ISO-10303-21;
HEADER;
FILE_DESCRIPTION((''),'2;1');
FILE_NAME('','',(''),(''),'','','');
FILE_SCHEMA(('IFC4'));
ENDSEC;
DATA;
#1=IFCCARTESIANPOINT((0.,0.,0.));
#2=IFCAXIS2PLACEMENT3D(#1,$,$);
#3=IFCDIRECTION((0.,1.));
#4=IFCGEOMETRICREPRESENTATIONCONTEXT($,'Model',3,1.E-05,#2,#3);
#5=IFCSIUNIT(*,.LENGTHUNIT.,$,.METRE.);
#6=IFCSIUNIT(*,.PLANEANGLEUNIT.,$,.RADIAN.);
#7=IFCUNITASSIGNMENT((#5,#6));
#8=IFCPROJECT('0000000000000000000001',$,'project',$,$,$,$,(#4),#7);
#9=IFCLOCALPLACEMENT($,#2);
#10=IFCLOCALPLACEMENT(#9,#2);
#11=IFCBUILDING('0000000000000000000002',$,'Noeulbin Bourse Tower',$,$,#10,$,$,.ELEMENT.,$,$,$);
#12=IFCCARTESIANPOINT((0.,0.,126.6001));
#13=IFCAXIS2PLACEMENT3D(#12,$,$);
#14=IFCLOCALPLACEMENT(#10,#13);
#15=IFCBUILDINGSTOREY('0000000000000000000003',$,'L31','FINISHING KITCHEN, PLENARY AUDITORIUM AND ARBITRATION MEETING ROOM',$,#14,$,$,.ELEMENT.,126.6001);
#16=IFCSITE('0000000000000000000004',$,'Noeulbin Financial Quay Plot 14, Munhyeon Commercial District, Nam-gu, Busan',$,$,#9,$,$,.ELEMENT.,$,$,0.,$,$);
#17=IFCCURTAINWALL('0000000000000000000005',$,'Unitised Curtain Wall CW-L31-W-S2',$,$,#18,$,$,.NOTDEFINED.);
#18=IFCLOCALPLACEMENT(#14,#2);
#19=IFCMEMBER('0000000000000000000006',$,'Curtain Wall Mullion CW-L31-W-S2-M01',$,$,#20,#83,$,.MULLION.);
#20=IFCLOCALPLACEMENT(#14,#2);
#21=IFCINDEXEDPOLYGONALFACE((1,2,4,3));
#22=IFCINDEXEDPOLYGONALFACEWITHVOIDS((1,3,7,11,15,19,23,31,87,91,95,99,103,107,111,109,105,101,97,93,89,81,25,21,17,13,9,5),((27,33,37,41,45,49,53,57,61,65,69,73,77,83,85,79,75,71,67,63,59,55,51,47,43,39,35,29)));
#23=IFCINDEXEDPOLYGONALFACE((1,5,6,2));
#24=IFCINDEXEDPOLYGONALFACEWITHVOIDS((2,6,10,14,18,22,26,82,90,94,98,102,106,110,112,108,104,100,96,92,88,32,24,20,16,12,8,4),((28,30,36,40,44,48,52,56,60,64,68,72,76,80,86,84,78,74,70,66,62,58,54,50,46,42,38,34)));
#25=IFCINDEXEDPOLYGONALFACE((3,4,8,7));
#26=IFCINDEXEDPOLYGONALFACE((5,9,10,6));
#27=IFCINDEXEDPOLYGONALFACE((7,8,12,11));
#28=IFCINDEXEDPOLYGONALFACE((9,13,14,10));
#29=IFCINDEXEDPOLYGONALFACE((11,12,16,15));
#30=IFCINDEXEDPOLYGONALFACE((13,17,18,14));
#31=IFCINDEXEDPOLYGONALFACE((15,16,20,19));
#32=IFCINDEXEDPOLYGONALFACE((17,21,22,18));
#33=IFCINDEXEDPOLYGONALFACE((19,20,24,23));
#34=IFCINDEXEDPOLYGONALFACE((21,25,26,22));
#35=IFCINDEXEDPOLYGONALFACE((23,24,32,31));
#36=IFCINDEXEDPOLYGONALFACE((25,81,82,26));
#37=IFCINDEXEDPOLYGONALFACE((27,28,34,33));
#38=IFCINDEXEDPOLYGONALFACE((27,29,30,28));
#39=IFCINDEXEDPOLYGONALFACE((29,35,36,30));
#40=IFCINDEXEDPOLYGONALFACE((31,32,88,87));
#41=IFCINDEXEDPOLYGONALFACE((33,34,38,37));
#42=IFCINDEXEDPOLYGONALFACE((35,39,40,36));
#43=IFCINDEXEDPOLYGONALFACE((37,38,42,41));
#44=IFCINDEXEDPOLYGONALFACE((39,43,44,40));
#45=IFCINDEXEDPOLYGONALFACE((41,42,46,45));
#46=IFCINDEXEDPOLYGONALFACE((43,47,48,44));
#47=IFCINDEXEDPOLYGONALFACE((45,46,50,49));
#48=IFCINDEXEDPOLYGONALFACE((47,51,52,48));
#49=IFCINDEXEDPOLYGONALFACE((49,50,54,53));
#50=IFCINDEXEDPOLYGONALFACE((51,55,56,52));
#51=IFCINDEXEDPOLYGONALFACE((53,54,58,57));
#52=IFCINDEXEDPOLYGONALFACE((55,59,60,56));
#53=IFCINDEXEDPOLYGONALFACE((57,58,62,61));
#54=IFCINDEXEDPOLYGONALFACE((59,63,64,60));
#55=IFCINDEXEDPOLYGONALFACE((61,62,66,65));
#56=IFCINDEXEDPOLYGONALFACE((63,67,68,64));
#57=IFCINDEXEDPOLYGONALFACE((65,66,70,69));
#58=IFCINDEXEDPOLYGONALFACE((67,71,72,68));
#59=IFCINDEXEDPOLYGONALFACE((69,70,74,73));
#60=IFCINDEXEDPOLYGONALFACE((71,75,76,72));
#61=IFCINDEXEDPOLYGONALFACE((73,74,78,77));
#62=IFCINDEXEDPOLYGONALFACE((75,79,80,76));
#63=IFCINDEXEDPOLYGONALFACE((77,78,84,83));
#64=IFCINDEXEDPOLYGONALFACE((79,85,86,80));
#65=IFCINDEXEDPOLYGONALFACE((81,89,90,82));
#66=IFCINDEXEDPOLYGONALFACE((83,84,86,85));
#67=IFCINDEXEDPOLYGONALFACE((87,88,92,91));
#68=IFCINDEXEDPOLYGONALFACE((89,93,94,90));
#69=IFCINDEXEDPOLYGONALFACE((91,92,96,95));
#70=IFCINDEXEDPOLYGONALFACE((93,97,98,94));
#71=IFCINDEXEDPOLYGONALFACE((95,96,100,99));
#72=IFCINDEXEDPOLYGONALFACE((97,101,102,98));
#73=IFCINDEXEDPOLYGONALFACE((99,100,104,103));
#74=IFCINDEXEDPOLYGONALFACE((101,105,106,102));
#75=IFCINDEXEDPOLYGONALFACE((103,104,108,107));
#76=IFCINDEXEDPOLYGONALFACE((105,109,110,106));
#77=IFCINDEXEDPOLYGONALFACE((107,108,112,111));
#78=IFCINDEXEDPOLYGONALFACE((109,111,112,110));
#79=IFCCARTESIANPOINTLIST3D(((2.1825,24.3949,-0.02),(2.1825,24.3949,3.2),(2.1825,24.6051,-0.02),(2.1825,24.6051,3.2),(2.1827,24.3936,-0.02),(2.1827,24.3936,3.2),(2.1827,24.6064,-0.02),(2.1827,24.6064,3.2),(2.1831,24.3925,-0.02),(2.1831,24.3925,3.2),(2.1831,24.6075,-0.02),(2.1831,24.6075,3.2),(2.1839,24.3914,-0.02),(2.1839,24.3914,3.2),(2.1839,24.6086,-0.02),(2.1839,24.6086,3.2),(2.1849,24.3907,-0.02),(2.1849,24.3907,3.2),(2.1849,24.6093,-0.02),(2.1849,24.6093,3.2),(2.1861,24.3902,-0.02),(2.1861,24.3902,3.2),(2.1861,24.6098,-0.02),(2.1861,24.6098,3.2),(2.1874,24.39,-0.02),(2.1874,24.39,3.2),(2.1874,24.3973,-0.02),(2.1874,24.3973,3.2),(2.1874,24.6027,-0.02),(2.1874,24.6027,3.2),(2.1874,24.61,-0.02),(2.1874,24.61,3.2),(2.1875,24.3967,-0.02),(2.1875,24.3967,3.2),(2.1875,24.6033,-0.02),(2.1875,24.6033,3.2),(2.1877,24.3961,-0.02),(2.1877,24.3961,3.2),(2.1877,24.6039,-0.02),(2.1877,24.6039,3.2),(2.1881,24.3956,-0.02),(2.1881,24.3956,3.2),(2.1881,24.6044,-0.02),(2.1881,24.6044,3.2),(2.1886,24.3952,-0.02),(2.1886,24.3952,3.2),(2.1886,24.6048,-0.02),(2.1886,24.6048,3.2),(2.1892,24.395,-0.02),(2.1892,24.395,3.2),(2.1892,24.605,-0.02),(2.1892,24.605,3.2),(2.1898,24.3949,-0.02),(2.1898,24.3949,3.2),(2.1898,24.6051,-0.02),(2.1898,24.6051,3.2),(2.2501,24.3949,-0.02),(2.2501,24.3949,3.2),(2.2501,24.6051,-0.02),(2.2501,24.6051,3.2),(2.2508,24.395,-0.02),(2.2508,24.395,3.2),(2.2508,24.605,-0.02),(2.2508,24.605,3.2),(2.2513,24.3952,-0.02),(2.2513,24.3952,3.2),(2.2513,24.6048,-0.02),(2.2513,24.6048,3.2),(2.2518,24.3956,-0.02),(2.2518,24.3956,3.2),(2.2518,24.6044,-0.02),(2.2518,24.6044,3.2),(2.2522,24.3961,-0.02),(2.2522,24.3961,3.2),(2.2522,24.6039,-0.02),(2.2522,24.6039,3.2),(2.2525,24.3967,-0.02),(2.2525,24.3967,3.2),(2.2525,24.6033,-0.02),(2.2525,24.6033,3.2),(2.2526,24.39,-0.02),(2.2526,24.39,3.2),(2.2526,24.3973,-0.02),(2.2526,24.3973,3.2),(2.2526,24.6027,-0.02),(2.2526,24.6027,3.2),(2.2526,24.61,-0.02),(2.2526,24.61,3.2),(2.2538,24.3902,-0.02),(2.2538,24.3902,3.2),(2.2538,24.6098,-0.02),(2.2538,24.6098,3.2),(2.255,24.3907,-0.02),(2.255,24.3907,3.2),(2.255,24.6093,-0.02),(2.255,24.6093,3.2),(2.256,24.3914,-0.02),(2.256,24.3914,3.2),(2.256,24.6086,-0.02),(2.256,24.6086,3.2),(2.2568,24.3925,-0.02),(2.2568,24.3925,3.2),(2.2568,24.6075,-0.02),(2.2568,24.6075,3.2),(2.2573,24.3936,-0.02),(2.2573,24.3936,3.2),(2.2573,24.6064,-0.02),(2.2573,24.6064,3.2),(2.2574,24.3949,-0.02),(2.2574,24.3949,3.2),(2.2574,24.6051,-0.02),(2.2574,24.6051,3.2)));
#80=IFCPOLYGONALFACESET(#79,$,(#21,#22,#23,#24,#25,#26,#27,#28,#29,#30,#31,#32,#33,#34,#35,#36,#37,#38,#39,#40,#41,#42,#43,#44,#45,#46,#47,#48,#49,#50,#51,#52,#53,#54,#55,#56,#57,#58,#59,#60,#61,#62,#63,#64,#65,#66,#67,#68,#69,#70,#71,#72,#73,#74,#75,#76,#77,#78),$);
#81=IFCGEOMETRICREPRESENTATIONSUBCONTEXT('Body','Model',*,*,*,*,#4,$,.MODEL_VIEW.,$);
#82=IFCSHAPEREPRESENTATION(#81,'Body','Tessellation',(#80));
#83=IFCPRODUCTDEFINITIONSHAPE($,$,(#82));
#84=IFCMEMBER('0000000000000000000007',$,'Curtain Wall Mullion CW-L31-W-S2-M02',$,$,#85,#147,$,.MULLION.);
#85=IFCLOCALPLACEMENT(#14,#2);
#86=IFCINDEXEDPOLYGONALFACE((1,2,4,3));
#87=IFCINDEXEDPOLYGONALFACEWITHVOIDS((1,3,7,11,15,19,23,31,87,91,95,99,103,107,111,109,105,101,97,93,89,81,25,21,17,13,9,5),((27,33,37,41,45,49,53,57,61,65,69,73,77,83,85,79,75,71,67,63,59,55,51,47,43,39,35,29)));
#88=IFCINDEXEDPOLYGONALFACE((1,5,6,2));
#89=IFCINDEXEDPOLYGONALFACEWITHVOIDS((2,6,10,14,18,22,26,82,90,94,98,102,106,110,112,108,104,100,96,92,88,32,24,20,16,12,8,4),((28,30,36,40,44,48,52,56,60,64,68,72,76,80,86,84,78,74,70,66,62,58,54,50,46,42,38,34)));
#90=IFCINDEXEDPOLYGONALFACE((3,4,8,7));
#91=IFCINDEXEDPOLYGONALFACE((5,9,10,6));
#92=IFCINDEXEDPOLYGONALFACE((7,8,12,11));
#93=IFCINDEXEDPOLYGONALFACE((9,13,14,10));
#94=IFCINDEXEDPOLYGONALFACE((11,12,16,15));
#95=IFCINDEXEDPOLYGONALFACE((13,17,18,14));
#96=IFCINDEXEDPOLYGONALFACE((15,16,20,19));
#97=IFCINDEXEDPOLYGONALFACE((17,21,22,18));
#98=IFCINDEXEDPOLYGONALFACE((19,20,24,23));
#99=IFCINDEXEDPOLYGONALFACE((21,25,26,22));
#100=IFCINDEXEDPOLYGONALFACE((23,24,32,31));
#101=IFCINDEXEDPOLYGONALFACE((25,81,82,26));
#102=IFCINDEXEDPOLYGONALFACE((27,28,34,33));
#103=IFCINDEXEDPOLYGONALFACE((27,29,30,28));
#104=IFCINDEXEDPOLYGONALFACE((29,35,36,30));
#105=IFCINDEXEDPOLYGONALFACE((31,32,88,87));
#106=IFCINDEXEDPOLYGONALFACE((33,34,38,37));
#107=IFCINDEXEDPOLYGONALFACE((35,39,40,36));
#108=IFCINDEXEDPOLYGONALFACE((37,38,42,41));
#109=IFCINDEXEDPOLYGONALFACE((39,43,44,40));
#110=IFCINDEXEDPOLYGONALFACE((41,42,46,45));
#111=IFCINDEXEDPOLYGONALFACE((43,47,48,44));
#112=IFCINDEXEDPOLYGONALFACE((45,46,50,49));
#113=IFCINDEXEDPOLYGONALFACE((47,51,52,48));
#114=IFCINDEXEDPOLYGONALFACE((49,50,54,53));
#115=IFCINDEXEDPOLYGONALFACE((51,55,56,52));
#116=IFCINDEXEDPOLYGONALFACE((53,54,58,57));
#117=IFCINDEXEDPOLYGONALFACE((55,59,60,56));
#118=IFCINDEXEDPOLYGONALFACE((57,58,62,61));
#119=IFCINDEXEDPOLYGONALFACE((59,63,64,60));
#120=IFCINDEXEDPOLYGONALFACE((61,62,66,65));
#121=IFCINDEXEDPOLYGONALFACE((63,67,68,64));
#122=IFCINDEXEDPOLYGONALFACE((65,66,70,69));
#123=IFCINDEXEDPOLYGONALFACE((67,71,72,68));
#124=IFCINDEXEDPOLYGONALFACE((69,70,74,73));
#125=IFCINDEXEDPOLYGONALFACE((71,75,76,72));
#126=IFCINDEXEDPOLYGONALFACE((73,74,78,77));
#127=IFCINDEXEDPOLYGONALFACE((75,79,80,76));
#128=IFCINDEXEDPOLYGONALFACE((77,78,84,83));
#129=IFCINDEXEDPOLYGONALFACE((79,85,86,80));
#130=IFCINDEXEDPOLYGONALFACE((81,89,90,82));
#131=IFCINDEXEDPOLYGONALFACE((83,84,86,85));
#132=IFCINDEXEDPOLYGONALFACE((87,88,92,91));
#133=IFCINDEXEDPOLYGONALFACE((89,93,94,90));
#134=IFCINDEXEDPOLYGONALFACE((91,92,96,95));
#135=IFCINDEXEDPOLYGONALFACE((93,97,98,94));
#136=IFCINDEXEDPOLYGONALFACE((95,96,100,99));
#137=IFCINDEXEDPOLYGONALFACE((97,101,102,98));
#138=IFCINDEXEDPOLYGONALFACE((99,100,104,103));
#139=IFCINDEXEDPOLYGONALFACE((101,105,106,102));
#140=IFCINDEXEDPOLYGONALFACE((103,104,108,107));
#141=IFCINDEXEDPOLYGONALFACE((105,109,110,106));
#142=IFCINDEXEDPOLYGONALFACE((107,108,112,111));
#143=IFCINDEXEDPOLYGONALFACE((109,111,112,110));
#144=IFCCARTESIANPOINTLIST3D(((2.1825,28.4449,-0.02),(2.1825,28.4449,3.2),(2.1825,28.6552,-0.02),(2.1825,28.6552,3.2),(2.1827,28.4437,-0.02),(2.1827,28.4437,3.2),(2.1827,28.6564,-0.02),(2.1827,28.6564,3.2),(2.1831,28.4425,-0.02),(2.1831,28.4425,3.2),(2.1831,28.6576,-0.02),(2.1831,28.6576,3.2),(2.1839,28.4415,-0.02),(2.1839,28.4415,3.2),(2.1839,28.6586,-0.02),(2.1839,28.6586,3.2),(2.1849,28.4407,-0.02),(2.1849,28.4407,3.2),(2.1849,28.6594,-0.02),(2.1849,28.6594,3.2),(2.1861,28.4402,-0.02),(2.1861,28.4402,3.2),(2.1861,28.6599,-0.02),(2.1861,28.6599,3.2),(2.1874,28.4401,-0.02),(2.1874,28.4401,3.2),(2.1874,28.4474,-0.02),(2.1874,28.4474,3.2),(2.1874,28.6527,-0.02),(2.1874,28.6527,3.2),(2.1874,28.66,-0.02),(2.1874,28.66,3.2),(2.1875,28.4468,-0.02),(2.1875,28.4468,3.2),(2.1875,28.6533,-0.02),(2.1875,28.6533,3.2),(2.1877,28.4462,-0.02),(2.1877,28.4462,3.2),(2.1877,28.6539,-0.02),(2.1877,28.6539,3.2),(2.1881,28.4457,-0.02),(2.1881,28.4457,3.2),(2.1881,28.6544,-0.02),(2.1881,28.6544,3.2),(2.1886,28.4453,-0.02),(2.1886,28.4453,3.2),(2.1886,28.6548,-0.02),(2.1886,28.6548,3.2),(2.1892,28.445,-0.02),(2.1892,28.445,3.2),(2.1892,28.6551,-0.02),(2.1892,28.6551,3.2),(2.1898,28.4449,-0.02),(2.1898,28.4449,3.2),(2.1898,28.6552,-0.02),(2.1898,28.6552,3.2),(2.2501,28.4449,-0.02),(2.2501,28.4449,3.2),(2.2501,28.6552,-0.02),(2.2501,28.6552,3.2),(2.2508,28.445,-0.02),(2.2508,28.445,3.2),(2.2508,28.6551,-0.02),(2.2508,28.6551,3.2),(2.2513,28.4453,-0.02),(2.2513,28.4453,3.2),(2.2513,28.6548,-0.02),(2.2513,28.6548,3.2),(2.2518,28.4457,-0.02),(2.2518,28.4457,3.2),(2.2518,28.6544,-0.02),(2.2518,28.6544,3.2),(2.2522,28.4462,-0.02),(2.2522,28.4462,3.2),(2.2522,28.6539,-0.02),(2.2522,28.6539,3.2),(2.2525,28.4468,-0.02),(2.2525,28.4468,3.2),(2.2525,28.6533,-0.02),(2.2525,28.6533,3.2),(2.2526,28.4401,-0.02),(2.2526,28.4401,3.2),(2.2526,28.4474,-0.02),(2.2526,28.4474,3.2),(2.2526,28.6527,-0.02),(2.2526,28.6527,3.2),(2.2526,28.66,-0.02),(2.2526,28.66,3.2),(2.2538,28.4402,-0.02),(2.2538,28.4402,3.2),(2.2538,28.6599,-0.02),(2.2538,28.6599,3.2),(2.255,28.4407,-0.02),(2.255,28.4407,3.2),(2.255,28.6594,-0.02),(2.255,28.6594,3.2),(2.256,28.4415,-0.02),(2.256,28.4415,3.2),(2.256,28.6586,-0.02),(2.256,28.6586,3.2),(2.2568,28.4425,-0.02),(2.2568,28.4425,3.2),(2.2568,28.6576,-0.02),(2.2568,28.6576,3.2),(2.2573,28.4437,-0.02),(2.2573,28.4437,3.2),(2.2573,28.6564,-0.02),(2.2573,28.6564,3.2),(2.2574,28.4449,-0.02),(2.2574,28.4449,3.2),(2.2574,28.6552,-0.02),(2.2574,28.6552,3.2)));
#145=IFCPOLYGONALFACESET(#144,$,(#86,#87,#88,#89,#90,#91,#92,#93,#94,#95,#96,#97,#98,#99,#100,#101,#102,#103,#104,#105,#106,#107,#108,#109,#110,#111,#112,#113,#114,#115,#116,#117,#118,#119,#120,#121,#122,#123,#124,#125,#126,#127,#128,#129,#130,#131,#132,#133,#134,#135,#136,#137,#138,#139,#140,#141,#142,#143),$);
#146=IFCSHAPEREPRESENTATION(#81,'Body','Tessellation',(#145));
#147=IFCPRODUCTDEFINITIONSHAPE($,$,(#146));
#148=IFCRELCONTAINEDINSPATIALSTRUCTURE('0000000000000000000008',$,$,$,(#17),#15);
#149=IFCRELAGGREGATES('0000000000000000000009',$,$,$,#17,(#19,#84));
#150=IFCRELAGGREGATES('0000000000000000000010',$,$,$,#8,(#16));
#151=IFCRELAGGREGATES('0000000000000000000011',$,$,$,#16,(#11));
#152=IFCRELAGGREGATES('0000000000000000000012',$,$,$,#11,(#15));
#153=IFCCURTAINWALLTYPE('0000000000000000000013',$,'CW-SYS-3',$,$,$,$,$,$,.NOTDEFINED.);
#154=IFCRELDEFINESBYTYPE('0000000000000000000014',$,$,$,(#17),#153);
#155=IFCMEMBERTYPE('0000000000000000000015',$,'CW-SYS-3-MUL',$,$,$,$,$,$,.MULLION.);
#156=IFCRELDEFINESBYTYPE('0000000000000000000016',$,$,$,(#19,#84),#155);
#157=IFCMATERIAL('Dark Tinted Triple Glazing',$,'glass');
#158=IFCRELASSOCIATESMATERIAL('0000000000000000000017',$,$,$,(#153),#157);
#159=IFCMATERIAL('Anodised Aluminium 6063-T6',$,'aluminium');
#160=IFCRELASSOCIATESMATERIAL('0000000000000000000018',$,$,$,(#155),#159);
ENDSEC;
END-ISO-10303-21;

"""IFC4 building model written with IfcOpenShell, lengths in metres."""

from ifc_helpers import new_model, si_unit, direction, frame, origin, origin_2d, place, context, subcontext, project, spatial, hollow_rectangle, extrude, material, material_profile, profile_set, type_object, element, aggregate, save


model = new_model("IFC4")

# Units and contexts
model_context = context("Model", 3, precision=1e-05, world=origin(), true_north=direction((0.0, 1.0)))
body_context = subcontext(model_context, "Body", "Model", "MODEL_VIEW")
ifc_project = project(units=[si_unit("LENGTHUNIT", "METRE"), si_unit("PLANEANGLEUNIT", "RADIAN")], contexts=[model_context])

# Site, building, storey
site_placement = place(None, origin())
site = spatial("IfcSite", under=ifc_project, at=site_placement, Name="Noeulbin Financial Quay Plot 14, Munhyeon Commercial District, Nam-gu, Busan", CompositionType="ELEMENT", RefElevation=0.0)
building_placement = place(site_placement, origin())
building = spatial("IfcBuilding", under=site, at=building_placement, Name="Noeulbin Bourse Tower", CompositionType="ELEMENT")
storey_placement = place(building_placement, frame((0.0, 0.0, 126.6001)))
storey = spatial("IfcBuildingStorey", under=building, at=storey_placement, Name="L31", Description="FINISHING KITCHEN, PLENARY AUDITORIUM AND ARBITRATION MEETING ROOM", CompositionType="ELEMENT", Elevation=126.6001)

# Curtain wall, members
ifc_material_1 = material(Name="Dark Tinted Triple Glazing", Category="glass")
curtain_wall_type = type_object("IfcCurtainWallType", Name="CW-SYS-3", PredefinedType="NOTDEFINED", material=ifc_material_1)
curtain_wall_placement = place(storey_placement, origin())
curtain_wall = element("IfcCurtainWall", 1, at=curtain_wall_placement, inside=storey, type_object=curtain_wall_type, Name="Unitised Curtain Wall CW-L31-W-S2", PredefinedType="NOTDEFINED")
ifc_material_2 = material(Name="Anodised Aluminium 6063-T6", Category="aluminium")
ifc_material_profile_1 = material_profile(ifc_material_2, hollow_rectangle(XDim=0.075, YDim=0.22, WallThickness=0.0049, InnerFilletRadius=0.0024, OuterFilletRadius=0.0049, at=origin_2d()), Name="ALU-MULL-75x220x5", Category="LoadBearing")
ifc_profile_set_1 = profile_set([ifc_material_profile_1], Name="Anodised Aluminium 6063-T6")
member_type_1 = type_object("IfcMemberType", Name="CW-SYS-3-MUL", PredefinedType="MULLION", material=ifc_profile_set_1)
member_1_placement = place(storey_placement, frame((2.22, 24.5, -0.02), z_axis=(0.0, 0.0, 1.0), x_axis=(1.0, 0.0, 0.0)))
member_1 = element("IfcMember", 2, at=member_1_placement, type_object=member_type_1, Name="Curtain Wall Mullion CW-L31-W-S2-M01", PredefinedType="MULLION", context=body_context, shape_type="SweptSolid", body=[
    extrude(hollow_rectangle(XDim=0.075, YDim=0.22, WallThickness=0.0049, InnerFilletRadius=0.0024, OuterFilletRadius=0.0049, at=origin_2d()), origin(), (0.0, 0.0, 1.0), 3.22),
])
member_2_placement = place(storey_placement, frame((2.22, 28.55, -0.02), z_axis=(0.0, 0.0, 1.0), x_axis=(1.0, 0.0, 0.0)))
member_2 = element("IfcMember", 3, at=member_2_placement, type_object=member_type_1, Name="Curtain Wall Mullion CW-L31-W-S2-M02", PredefinedType="MULLION", context=body_context, shape_type="SweptSolid", body=[
    extrude(hollow_rectangle(XDim=0.075, YDim=0.22, WallThickness=0.0049, InnerFilletRadius=0.0024, OuterFilletRadius=0.0049, at=origin_2d()), origin(), (0.0, 0.0, 1.0), 3.22),
])
aggregate(curtain_wall, [member_1, member_2])

save(model, "model.ifc")
